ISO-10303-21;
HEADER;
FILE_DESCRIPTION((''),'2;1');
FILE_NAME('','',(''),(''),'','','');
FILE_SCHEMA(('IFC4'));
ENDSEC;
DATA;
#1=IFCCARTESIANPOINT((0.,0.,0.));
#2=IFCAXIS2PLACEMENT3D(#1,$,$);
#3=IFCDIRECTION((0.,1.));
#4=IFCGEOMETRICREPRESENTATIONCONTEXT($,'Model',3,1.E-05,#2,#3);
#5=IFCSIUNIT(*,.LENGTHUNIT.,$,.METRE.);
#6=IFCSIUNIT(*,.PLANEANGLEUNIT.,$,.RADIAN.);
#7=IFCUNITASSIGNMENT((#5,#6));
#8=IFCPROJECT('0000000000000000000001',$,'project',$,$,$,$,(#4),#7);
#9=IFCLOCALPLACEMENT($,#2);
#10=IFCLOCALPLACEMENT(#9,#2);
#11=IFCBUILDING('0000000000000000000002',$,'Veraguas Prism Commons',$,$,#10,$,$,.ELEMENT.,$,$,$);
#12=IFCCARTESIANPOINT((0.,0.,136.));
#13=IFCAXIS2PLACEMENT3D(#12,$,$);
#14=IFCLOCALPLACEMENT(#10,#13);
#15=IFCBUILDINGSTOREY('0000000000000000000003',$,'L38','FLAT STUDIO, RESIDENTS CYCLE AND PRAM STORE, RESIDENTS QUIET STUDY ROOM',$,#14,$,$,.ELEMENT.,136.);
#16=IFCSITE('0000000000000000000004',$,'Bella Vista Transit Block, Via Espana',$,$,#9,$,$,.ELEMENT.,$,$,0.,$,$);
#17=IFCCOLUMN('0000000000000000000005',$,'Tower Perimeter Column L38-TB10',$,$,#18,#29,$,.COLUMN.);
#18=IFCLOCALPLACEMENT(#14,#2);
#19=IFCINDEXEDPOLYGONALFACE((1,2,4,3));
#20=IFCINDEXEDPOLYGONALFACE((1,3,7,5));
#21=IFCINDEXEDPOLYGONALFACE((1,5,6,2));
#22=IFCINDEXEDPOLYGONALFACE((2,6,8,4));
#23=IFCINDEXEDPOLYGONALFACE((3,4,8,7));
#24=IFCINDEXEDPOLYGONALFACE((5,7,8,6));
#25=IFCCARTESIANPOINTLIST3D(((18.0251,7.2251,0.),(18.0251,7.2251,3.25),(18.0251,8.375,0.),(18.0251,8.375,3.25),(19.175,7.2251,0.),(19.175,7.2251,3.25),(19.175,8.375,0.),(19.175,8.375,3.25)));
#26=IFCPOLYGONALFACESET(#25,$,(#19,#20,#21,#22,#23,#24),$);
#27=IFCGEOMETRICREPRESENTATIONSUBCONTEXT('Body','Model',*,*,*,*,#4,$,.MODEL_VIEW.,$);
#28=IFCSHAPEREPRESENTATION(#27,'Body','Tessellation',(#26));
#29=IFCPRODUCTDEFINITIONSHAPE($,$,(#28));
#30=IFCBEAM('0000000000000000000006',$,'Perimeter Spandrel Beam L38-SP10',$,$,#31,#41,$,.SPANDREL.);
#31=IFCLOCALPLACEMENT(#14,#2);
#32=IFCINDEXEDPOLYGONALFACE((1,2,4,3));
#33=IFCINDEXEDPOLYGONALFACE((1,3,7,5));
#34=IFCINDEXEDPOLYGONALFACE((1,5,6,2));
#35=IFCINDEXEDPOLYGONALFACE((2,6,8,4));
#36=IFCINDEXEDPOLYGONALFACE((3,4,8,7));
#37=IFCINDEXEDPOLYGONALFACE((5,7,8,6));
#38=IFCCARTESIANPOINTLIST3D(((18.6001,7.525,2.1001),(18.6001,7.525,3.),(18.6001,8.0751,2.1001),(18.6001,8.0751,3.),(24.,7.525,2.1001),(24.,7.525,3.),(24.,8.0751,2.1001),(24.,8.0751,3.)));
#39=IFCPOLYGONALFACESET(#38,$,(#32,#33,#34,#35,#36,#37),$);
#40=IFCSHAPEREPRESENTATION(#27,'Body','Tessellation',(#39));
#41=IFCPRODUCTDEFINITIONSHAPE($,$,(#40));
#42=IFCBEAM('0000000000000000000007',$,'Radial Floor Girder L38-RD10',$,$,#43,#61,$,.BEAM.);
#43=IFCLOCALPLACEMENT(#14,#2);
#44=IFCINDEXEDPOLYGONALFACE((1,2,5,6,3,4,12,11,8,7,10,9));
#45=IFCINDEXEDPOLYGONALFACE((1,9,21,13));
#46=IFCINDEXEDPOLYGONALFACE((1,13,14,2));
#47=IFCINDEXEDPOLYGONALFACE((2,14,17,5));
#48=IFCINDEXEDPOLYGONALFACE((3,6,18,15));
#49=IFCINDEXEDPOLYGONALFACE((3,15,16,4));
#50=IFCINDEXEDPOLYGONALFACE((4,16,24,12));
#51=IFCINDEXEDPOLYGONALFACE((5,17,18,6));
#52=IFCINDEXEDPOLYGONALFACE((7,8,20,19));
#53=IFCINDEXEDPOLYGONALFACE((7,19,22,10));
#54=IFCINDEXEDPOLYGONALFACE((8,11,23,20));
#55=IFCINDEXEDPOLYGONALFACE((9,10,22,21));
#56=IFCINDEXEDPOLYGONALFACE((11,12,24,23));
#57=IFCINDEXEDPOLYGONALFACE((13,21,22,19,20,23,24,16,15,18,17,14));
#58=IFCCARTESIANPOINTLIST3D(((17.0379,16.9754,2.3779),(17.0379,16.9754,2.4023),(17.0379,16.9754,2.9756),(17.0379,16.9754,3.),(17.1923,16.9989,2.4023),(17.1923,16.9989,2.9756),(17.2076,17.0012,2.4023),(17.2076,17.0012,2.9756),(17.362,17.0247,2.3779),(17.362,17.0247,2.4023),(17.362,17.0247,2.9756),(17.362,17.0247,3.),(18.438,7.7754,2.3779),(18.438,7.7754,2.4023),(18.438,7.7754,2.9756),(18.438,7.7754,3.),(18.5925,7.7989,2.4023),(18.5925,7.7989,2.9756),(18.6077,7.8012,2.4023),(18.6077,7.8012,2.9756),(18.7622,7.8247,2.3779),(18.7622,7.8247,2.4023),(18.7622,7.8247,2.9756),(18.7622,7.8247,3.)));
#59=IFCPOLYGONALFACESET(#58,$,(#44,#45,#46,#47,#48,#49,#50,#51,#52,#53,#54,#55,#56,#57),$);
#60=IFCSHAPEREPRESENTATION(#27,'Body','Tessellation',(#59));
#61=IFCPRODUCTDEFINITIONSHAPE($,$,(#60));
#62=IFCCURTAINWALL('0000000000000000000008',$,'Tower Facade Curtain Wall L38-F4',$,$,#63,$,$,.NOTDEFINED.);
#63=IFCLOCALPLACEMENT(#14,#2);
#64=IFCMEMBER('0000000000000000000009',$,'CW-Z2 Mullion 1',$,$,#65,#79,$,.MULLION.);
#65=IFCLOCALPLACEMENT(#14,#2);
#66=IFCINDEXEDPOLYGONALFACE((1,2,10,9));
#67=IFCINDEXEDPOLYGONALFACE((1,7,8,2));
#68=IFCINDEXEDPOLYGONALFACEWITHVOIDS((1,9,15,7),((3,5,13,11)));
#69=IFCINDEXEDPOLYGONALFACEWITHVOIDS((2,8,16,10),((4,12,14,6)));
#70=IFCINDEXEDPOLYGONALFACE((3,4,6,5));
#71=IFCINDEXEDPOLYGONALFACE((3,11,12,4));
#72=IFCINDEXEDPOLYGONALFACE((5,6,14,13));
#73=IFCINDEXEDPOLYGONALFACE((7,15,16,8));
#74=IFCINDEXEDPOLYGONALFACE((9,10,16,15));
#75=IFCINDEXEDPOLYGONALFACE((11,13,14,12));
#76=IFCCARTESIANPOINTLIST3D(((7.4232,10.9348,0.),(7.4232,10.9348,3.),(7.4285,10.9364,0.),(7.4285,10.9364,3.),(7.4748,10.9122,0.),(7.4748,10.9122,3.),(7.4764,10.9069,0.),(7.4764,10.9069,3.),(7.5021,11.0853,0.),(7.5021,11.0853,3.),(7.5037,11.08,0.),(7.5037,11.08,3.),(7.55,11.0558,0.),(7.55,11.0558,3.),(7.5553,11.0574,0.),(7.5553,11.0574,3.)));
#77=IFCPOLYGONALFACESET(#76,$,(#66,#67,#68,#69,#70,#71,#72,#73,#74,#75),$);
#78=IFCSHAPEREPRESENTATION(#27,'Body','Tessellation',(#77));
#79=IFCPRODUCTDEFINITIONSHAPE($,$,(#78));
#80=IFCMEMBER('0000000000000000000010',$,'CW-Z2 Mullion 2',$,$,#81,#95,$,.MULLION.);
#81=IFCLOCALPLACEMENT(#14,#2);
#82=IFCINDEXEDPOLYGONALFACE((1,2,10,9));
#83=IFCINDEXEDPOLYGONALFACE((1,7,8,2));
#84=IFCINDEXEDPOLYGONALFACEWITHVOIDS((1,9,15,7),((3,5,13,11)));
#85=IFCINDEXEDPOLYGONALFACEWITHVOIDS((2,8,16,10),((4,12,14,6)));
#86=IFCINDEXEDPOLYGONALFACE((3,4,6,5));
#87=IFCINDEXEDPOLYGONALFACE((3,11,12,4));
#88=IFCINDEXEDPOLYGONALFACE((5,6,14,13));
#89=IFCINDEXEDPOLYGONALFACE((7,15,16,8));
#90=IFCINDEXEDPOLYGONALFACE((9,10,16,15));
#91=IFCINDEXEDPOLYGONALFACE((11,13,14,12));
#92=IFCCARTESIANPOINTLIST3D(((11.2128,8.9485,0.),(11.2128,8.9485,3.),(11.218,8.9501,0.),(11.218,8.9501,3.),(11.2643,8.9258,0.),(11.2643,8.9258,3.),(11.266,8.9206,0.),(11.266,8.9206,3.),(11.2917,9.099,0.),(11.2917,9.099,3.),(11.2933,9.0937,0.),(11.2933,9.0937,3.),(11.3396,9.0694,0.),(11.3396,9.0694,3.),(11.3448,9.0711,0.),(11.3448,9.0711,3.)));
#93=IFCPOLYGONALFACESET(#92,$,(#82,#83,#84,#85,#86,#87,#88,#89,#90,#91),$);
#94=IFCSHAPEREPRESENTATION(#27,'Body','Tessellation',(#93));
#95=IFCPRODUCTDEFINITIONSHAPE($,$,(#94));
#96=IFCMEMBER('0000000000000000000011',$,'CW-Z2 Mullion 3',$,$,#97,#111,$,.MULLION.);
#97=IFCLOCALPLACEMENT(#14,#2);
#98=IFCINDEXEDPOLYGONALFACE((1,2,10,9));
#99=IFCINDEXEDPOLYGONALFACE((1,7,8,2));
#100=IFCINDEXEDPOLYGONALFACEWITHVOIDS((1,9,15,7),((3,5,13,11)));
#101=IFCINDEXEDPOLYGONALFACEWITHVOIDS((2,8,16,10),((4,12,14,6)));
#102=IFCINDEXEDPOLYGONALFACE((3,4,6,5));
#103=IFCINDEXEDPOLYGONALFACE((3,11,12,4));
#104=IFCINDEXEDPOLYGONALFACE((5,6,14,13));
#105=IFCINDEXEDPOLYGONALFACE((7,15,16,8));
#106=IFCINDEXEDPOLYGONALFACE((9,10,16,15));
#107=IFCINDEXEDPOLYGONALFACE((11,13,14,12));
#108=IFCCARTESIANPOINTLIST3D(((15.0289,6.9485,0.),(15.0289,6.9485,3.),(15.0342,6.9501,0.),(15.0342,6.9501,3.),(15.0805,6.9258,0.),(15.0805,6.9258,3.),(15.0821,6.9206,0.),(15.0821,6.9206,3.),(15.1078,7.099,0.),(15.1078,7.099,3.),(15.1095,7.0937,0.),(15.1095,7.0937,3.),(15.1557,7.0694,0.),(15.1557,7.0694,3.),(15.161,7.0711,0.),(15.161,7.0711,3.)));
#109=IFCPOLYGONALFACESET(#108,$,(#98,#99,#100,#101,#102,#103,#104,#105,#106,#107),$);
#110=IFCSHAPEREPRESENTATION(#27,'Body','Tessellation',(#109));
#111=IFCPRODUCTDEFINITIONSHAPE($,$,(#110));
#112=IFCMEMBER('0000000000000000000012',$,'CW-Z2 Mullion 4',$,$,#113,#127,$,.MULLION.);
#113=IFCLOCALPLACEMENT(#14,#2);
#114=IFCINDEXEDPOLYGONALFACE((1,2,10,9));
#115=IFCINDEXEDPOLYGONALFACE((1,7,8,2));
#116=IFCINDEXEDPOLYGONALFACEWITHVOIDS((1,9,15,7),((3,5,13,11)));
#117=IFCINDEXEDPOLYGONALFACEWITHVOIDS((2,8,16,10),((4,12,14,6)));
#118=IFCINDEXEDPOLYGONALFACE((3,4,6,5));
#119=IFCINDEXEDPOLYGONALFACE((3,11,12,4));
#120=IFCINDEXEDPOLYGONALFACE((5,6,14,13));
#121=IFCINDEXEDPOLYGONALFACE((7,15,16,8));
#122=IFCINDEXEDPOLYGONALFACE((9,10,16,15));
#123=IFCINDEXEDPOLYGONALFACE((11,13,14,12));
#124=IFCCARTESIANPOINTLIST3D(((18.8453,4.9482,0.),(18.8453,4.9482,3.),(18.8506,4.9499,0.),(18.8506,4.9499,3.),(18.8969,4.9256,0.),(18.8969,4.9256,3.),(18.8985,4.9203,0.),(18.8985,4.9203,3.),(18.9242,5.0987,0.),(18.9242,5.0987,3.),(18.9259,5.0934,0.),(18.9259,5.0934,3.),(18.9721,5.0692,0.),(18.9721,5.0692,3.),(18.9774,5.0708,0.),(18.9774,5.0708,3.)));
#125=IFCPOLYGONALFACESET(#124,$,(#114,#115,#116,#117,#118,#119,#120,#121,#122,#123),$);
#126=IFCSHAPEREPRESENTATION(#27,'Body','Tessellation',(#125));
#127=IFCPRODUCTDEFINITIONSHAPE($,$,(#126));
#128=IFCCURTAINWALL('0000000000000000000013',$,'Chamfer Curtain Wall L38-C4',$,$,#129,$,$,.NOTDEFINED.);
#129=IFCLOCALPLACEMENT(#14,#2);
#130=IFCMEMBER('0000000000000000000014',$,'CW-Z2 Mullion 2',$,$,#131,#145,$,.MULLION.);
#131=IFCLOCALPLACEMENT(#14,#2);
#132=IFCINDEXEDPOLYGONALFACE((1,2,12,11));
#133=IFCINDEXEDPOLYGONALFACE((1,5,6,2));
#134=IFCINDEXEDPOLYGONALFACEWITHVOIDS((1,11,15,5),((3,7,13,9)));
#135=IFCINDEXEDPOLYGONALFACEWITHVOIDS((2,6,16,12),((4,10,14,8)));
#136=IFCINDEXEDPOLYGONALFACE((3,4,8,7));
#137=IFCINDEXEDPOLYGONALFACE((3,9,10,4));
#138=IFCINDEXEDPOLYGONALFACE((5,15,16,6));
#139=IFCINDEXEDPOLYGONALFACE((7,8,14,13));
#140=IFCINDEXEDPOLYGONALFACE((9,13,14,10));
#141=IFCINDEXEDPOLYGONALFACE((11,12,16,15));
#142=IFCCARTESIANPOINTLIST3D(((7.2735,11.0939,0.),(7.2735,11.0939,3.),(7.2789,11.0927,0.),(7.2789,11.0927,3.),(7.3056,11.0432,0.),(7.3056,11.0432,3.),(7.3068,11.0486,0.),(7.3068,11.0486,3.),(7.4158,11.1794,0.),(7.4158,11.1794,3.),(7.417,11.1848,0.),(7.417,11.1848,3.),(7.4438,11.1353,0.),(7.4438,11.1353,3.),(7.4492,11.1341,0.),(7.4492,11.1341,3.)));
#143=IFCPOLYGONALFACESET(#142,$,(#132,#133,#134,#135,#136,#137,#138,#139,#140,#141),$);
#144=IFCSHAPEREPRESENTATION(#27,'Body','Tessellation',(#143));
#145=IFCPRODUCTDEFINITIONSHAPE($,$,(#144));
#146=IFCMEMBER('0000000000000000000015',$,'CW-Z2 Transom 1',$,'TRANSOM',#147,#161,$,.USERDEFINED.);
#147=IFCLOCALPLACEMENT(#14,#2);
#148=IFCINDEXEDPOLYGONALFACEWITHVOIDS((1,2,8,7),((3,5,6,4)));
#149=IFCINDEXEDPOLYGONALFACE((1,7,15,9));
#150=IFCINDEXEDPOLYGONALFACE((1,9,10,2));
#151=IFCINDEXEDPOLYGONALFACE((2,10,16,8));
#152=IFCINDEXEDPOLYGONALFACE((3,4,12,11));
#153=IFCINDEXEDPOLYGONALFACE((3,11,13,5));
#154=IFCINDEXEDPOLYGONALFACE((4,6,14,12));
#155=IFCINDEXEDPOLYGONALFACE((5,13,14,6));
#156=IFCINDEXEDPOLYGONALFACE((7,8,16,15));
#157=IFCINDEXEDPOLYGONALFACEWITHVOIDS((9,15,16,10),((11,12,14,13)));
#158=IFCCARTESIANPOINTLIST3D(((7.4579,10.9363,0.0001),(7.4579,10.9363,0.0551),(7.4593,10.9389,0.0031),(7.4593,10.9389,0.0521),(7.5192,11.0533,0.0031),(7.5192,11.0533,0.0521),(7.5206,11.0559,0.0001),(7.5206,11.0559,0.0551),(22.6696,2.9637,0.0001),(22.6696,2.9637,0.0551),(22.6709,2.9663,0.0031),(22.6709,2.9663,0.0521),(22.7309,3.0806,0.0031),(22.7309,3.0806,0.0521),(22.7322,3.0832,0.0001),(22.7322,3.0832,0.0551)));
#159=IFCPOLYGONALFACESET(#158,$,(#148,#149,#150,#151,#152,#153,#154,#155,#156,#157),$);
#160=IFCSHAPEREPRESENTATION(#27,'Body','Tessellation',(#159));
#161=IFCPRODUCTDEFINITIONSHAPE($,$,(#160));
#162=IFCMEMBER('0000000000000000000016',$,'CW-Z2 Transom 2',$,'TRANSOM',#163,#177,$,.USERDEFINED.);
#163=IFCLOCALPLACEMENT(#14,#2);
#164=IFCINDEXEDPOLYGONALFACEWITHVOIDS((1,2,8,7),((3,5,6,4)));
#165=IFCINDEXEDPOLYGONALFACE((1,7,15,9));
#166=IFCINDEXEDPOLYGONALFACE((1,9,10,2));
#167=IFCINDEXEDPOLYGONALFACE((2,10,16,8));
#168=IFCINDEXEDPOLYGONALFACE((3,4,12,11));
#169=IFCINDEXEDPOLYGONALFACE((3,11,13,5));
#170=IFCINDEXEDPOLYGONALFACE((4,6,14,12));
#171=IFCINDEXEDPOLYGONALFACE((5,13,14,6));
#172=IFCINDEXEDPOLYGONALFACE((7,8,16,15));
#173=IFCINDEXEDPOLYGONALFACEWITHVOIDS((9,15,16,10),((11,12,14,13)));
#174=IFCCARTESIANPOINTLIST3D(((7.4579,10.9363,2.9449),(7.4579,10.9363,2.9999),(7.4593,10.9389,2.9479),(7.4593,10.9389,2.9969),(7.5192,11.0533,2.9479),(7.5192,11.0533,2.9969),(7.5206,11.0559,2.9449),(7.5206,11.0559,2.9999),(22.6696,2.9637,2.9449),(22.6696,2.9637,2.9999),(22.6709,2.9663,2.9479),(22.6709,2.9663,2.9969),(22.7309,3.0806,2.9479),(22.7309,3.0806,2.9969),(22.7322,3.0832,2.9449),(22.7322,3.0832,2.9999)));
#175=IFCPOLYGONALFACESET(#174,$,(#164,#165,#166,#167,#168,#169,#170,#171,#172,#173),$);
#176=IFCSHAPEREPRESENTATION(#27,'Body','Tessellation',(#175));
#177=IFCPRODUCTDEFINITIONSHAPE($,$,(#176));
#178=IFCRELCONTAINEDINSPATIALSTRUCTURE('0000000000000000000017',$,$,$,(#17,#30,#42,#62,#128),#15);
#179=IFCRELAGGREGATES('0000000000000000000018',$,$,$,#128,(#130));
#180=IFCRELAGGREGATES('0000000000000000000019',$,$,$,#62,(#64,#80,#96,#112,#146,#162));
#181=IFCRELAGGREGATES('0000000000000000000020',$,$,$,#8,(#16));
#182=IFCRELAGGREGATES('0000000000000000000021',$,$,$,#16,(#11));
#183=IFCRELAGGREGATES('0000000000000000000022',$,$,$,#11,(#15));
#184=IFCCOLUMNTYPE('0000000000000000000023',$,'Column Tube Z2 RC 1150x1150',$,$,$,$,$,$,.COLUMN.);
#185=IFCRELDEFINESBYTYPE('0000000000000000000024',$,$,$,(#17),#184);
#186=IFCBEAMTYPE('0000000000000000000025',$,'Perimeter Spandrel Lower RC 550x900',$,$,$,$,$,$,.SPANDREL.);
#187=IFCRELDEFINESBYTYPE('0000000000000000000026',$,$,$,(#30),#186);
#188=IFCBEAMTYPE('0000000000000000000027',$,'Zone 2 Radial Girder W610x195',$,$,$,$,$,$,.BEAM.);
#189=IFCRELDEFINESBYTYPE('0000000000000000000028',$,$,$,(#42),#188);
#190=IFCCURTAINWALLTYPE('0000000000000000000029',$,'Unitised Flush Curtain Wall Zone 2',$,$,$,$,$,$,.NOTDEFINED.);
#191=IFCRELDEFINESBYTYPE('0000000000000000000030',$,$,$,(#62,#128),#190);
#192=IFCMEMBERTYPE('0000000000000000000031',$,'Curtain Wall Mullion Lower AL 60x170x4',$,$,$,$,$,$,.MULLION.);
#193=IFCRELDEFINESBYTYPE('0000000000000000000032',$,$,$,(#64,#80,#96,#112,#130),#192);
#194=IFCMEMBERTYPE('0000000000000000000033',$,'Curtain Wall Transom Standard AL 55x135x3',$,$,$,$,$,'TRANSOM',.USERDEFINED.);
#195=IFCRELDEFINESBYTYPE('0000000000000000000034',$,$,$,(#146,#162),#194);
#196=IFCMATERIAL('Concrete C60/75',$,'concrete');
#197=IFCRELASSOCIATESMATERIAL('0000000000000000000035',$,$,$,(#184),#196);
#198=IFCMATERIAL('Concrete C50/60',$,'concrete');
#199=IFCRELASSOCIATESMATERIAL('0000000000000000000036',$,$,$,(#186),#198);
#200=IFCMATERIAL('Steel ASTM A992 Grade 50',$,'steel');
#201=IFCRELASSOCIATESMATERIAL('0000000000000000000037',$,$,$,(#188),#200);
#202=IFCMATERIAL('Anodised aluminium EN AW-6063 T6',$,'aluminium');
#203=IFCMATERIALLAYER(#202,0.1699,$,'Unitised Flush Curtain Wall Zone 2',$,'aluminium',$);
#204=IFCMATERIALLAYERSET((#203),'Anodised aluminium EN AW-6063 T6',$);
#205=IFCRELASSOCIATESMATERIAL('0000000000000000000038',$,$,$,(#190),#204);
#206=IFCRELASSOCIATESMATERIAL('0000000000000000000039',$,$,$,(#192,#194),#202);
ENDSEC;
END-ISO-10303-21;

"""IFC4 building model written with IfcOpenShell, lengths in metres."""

from ifc_helpers import new_model, si_unit, direction, frame, origin, origin_2d, place, context, subcontext, project, spatial, rectangle, hollow_rectangle, i_section, extrude, source, transform, mapped, material, layer, layer_set, material_profile, profile_set, type_object, element, aggregate, save


model = new_model("IFC4")

# Units and contexts
model_context = context("Model", 3, precision=1e-05, world=origin(), true_north=direction((0.0, 1.0)))
body_context = subcontext(model_context, "Body", "Model", "MODEL_VIEW")
ifc_project = project(units=[si_unit("LENGTHUNIT", "METRE"), si_unit("PLANEANGLEUNIT", "RADIAN")], contexts=[model_context])

# Site, building, storey
site_placement = place(None, origin())
site = spatial("IfcSite", under=ifc_project, at=site_placement, Name="Bella Vista Transit Block, Via Espana", CompositionType="ELEMENT", RefElevation=0.0)
building_placement = place(site_placement, origin())
building = spatial("IfcBuilding", under=site, at=building_placement, Name="Veraguas Prism Commons", CompositionType="ELEMENT")
storey_placement = place(building_placement, frame((0.0, 0.0, 136.0)))
storey = spatial("IfcBuildingStorey", under=building, at=storey_placement, Name="L38", Description="FLAT STUDIO, RESIDENTS CYCLE AND PRAM STORE, RESIDENTS QUIET STUDY ROOM", CompositionType="ELEMENT", Elevation=136.0)

# Column
ifc_material_1 = material(Name="Concrete C60/75", Category="concrete")
ifc_material_profile_1 = material_profile(ifc_material_1, rectangle(XDim=1.1499, YDim=1.1499, at=origin_2d()), Name="RC1150X1150")
ifc_profile_set_1 = profile_set([ifc_material_profile_1], Name="Concrete C60/75")
column_type = type_object("IfcColumnType", Name="Column Tube Z2 RC 1150x1150", PredefinedType="COLUMN", material=ifc_profile_set_1)
column_placement = place(storey_placement, frame((18.6001, 7.8, 0.0), z_axis=(0.0, 0.0, 1.0), x_axis=(1.0, 0.0, 0.0)))
element("IfcColumn", 1, at=column_placement, inside=storey, type_object=column_type, Name="Tower Perimeter Column L38-TB10", PredefinedType="COLUMN", context=body_context, shape_type="SweptSolid", body=[
    extrude(rectangle(XDim=1.1499, YDim=1.1499, at=origin_2d()), origin(), (0.0, 0.0, 1.0), 3.25),
])

# Beams
ifc_material_2 = material(Name="Concrete C50/60", Category="concrete")
ifc_material_profile_2 = material_profile(ifc_material_2, rectangle(XDim=0.55, YDim=0.8999, at=origin_2d()), Name="RC550X900")
ifc_profile_set_2 = profile_set([ifc_material_profile_2], Name="Concrete C50/60")
beam_type_1 = type_object("IfcBeamType", Name="Perimeter Spandrel Lower RC 550x900", PredefinedType="SPANDREL", material=ifc_profile_set_2)
beam_1_placement = place(storey_placement, frame((18.6001, 7.8, 2.55), z_axis=(1.0, 0.0, 0.0), x_axis=(0.0, 1.0, 0.0)))
element("IfcBeam", 2, at=beam_1_placement, inside=storey, type_object=beam_type_1, Name="Perimeter Spandrel Beam L38-SP10", PredefinedType="SPANDREL", context=body_context, shape_type="SweptSolid", body=[
    extrude(rectangle(XDim=0.55, YDim=0.8999, at=origin_2d()), origin(), (0.0, 0.0, 1.0), 5.3999),
])
ifc_material_3 = material(Name="Steel ASTM A992 Grade 50", Category="steel")
ifc_material_profile_3 = material_profile(ifc_material_3, i_section(OverallWidth=0.3279, OverallDepth=0.6221, WebThickness=0.0154, FlangeThickness=0.0244, at=origin_2d()), Name="W610X195")
ifc_profile_set_3 = profile_set([ifc_material_profile_3], Name="Steel ASTM A992 Grade 50")
beam_type_2 = type_object("IfcBeamType", Name="Zone 2 Radial Girder W610x195", PredefinedType="BEAM", material=ifc_profile_set_3)
beam_2_placement = place(storey_placement, frame((18.6001, 7.8, 2.689), z_axis=(-0.150458, 0.988616, 0.0), x_axis=(-0.988616, -0.150458, 0.0)))
element("IfcBeam", 3, at=beam_2_placement, inside=storey, type_object=beam_type_2, Name="Radial Floor Girder L38-RD10", PredefinedType="BEAM", context=body_context, shape_type="SweptSolid", body=[
    extrude(i_section(OverallWidth=0.3279, OverallDepth=0.6221, WebThickness=0.0154, FlangeThickness=0.0244, at=origin_2d()), origin(), (0.0, 0.0, 1.0), 9.3059),
])

# Curtain wall, members
ifc_material_4 = material(Name="Anodised aluminium EN AW-6063 T6", Category="aluminium")
ifc_layer_1 = layer(ifc_material_4, 0.1699, Name="Unitised Flush Curtain Wall Zone 2", Category="aluminium")
ifc_layer_set_1 = layer_set([ifc_layer_1], Name="Anodised aluminium EN AW-6063 T6")
curtain_wall_type = type_object("IfcCurtainWallType", Name="Unitised Flush Curtain Wall Zone 2", PredefinedType="NOTDEFINED", material=ifc_layer_set_1)
curtain_wall_1_placement = place(storey_placement, origin())
curtain_wall_1 = element("IfcCurtainWall", 4, at=curtain_wall_1_placement, inside=storey, type_object=curtain_wall_type, Name="Tower Facade Curtain Wall L38-F4", PredefinedType="NOTDEFINED")
ifc_material_profile_4 = material_profile(ifc_material_4, hollow_rectangle(XDim=0.0601, YDim=0.1699, WallThickness=0.0039, at=origin_2d()), Name="AL60X170X4")
ifc_profile_set_4 = profile_set([ifc_material_profile_4], Name="Anodised aluminium EN AW-6063 T6")
member_type_1 = type_object("IfcMemberType", Name="Curtain Wall Mullion Lower AL 60x170x4", PredefinedType="MULLION", material=ifc_profile_set_4)
shared_shape_1 = source(origin(), body_context, "Body", "SweptSolid", [
    extrude(hollow_rectangle(XDim=0.0601, YDim=0.1699, WallThickness=0.0039, at=origin_2d()), origin(), (0.0, 0.0, 1.0), 3.0),
])
member_1_placement = place(storey_placement, frame((7.4893, 10.9961, 0.0), z_axis=(0.0, 0.0, 1.0), x_axis=(0.885722, -0.464216, 0.0)))
member_1 = element("IfcMember", 5, at=member_1_placement, type_object=member_type_1, Name="CW-Z2 Mullion 1", PredefinedType="MULLION", context=body_context, shape_type="MappedRepresentation", body=[
    mapped(shared_shape_1, transform((0.0, 0.0, 0.0), scale=1.0)),
])
member_2_placement = place(storey_placement, frame((11.2788, 9.0098, 0.0), z_axis=(0.0, 0.0, 1.0), x_axis=(0.885722, -0.464216, 0.0)))
member_2 = element("IfcMember", 6, at=member_2_placement, type_object=member_type_1, Name="CW-Z2 Mullion 2", PredefinedType="MULLION", context=body_context, shape_type="MappedRepresentation", body=[
    mapped(shared_shape_1, transform((0.0, 0.0, 0.0), scale=1.0)),
])
member_3_placement = place(storey_placement, frame((15.095, 7.0098, 0.0), z_axis=(0.0, 0.0, 1.0), x_axis=(0.885722, -0.464216, 0.0)))
member_3 = element("IfcMember", 7, at=member_3_placement, type_object=member_type_1, Name="CW-Z2 Mullion 3", PredefinedType="MULLION", context=body_context, shape_type="MappedRepresentation", body=[
    mapped(shared_shape_1, transform((0.0, 0.0, 0.0), scale=1.0)),
])
member_4_placement = place(storey_placement, frame((18.9114, 5.0095, 0.0), z_axis=(0.0, 0.0, 1.0), x_axis=(0.885722, -0.464216, 0.0)))
member_4 = element("IfcMember", 8, at=member_4_placement, type_object=member_type_1, Name="CW-Z2 Mullion 4", PredefinedType="MULLION", context=body_context, shape_type="MappedRepresentation", body=[
    mapped(shared_shape_1, transform((0.0, 0.0, 0.0), scale=1.0)),
])

# Curtain wall, member
curtain_wall_2_placement = place(storey_placement, origin())
curtain_wall_2 = element("IfcCurtainWall", 9, at=curtain_wall_2_placement, inside=storey, type_object=curtain_wall_type, Name="Chamfer Curtain Wall L38-C4", PredefinedType="NOTDEFINED")
member_5_placement = place(storey_placement, frame((7.3613, 11.114, 0.0), z_axis=(0.0, 0.0, 1.0), x_axis=(0.534948, -0.844885, 0.0)))
member_5 = element("IfcMember", 10, at=member_5_placement, type_object=member_type_1, Name="CW-Z2 Mullion 2", PredefinedType="MULLION", context=body_context, shape_type="MappedRepresentation", body=[
    mapped(shared_shape_1, transform((0.0, 0.0, 0.0), scale=1.0)),
])
aggregate(curtain_wall_2, [member_5])

# Members
ifc_material_profile_5 = material_profile(ifc_material_4, hollow_rectangle(XDim=0.0549, YDim=0.135, WallThickness=0.0029, at=origin_2d()), Name="AL55X135X3")
ifc_profile_set_5 = profile_set([ifc_material_profile_5], Name="Anodised aluminium EN AW-6063 T6")
member_type_2 = type_object("IfcMemberType", Name="Curtain Wall Transom Standard AL 55x135x3", ElementType="TRANSOM", PredefinedType="USERDEFINED", material=ifc_profile_set_5)
shared_shape_2 = source(origin(), body_context, "Body", "SweptSolid", [
    extrude(hollow_rectangle(XDim=0.0549, YDim=0.135, WallThickness=0.0029, at=origin_2d()), origin(), (0.0, 0.0, 1.0), 17.1743),
])
member_6_placement = place(storey_placement, frame((7.4893, 10.9961, 0.0276), z_axis=(0.88572, -0.464219, 0.0), x_axis=(0.0, 0.0, 1.0)))
member_6 = element("IfcMember", 11, at=member_6_placement, type_object=member_type_2, Name="CW-Z2 Transom 1", ObjectType="TRANSOM", PredefinedType="USERDEFINED", context=body_context, shape_type="MappedRepresentation", body=[
    mapped(shared_shape_2, transform((0.0, 0.0, 0.0), scale=1.0)),
])
member_7_placement = place(storey_placement, frame((7.4893, 10.9961, 2.9724), z_axis=(0.88572, -0.464219, 0.0), x_axis=(0.0, 0.0, 1.0)))
member_7 = element("IfcMember", 12, at=member_7_placement, type_object=member_type_2, Name="CW-Z2 Transom 2", ObjectType="TRANSOM", PredefinedType="USERDEFINED", context=body_context, shape_type="MappedRepresentation", body=[
    mapped(shared_shape_2, transform((0.0, 0.0, 0.0), scale=1.0)),
])

aggregate(curtain_wall_1, [member_1, member_2, member_3, member_4, member_6, member_7])

save(model, "model.ifc")
